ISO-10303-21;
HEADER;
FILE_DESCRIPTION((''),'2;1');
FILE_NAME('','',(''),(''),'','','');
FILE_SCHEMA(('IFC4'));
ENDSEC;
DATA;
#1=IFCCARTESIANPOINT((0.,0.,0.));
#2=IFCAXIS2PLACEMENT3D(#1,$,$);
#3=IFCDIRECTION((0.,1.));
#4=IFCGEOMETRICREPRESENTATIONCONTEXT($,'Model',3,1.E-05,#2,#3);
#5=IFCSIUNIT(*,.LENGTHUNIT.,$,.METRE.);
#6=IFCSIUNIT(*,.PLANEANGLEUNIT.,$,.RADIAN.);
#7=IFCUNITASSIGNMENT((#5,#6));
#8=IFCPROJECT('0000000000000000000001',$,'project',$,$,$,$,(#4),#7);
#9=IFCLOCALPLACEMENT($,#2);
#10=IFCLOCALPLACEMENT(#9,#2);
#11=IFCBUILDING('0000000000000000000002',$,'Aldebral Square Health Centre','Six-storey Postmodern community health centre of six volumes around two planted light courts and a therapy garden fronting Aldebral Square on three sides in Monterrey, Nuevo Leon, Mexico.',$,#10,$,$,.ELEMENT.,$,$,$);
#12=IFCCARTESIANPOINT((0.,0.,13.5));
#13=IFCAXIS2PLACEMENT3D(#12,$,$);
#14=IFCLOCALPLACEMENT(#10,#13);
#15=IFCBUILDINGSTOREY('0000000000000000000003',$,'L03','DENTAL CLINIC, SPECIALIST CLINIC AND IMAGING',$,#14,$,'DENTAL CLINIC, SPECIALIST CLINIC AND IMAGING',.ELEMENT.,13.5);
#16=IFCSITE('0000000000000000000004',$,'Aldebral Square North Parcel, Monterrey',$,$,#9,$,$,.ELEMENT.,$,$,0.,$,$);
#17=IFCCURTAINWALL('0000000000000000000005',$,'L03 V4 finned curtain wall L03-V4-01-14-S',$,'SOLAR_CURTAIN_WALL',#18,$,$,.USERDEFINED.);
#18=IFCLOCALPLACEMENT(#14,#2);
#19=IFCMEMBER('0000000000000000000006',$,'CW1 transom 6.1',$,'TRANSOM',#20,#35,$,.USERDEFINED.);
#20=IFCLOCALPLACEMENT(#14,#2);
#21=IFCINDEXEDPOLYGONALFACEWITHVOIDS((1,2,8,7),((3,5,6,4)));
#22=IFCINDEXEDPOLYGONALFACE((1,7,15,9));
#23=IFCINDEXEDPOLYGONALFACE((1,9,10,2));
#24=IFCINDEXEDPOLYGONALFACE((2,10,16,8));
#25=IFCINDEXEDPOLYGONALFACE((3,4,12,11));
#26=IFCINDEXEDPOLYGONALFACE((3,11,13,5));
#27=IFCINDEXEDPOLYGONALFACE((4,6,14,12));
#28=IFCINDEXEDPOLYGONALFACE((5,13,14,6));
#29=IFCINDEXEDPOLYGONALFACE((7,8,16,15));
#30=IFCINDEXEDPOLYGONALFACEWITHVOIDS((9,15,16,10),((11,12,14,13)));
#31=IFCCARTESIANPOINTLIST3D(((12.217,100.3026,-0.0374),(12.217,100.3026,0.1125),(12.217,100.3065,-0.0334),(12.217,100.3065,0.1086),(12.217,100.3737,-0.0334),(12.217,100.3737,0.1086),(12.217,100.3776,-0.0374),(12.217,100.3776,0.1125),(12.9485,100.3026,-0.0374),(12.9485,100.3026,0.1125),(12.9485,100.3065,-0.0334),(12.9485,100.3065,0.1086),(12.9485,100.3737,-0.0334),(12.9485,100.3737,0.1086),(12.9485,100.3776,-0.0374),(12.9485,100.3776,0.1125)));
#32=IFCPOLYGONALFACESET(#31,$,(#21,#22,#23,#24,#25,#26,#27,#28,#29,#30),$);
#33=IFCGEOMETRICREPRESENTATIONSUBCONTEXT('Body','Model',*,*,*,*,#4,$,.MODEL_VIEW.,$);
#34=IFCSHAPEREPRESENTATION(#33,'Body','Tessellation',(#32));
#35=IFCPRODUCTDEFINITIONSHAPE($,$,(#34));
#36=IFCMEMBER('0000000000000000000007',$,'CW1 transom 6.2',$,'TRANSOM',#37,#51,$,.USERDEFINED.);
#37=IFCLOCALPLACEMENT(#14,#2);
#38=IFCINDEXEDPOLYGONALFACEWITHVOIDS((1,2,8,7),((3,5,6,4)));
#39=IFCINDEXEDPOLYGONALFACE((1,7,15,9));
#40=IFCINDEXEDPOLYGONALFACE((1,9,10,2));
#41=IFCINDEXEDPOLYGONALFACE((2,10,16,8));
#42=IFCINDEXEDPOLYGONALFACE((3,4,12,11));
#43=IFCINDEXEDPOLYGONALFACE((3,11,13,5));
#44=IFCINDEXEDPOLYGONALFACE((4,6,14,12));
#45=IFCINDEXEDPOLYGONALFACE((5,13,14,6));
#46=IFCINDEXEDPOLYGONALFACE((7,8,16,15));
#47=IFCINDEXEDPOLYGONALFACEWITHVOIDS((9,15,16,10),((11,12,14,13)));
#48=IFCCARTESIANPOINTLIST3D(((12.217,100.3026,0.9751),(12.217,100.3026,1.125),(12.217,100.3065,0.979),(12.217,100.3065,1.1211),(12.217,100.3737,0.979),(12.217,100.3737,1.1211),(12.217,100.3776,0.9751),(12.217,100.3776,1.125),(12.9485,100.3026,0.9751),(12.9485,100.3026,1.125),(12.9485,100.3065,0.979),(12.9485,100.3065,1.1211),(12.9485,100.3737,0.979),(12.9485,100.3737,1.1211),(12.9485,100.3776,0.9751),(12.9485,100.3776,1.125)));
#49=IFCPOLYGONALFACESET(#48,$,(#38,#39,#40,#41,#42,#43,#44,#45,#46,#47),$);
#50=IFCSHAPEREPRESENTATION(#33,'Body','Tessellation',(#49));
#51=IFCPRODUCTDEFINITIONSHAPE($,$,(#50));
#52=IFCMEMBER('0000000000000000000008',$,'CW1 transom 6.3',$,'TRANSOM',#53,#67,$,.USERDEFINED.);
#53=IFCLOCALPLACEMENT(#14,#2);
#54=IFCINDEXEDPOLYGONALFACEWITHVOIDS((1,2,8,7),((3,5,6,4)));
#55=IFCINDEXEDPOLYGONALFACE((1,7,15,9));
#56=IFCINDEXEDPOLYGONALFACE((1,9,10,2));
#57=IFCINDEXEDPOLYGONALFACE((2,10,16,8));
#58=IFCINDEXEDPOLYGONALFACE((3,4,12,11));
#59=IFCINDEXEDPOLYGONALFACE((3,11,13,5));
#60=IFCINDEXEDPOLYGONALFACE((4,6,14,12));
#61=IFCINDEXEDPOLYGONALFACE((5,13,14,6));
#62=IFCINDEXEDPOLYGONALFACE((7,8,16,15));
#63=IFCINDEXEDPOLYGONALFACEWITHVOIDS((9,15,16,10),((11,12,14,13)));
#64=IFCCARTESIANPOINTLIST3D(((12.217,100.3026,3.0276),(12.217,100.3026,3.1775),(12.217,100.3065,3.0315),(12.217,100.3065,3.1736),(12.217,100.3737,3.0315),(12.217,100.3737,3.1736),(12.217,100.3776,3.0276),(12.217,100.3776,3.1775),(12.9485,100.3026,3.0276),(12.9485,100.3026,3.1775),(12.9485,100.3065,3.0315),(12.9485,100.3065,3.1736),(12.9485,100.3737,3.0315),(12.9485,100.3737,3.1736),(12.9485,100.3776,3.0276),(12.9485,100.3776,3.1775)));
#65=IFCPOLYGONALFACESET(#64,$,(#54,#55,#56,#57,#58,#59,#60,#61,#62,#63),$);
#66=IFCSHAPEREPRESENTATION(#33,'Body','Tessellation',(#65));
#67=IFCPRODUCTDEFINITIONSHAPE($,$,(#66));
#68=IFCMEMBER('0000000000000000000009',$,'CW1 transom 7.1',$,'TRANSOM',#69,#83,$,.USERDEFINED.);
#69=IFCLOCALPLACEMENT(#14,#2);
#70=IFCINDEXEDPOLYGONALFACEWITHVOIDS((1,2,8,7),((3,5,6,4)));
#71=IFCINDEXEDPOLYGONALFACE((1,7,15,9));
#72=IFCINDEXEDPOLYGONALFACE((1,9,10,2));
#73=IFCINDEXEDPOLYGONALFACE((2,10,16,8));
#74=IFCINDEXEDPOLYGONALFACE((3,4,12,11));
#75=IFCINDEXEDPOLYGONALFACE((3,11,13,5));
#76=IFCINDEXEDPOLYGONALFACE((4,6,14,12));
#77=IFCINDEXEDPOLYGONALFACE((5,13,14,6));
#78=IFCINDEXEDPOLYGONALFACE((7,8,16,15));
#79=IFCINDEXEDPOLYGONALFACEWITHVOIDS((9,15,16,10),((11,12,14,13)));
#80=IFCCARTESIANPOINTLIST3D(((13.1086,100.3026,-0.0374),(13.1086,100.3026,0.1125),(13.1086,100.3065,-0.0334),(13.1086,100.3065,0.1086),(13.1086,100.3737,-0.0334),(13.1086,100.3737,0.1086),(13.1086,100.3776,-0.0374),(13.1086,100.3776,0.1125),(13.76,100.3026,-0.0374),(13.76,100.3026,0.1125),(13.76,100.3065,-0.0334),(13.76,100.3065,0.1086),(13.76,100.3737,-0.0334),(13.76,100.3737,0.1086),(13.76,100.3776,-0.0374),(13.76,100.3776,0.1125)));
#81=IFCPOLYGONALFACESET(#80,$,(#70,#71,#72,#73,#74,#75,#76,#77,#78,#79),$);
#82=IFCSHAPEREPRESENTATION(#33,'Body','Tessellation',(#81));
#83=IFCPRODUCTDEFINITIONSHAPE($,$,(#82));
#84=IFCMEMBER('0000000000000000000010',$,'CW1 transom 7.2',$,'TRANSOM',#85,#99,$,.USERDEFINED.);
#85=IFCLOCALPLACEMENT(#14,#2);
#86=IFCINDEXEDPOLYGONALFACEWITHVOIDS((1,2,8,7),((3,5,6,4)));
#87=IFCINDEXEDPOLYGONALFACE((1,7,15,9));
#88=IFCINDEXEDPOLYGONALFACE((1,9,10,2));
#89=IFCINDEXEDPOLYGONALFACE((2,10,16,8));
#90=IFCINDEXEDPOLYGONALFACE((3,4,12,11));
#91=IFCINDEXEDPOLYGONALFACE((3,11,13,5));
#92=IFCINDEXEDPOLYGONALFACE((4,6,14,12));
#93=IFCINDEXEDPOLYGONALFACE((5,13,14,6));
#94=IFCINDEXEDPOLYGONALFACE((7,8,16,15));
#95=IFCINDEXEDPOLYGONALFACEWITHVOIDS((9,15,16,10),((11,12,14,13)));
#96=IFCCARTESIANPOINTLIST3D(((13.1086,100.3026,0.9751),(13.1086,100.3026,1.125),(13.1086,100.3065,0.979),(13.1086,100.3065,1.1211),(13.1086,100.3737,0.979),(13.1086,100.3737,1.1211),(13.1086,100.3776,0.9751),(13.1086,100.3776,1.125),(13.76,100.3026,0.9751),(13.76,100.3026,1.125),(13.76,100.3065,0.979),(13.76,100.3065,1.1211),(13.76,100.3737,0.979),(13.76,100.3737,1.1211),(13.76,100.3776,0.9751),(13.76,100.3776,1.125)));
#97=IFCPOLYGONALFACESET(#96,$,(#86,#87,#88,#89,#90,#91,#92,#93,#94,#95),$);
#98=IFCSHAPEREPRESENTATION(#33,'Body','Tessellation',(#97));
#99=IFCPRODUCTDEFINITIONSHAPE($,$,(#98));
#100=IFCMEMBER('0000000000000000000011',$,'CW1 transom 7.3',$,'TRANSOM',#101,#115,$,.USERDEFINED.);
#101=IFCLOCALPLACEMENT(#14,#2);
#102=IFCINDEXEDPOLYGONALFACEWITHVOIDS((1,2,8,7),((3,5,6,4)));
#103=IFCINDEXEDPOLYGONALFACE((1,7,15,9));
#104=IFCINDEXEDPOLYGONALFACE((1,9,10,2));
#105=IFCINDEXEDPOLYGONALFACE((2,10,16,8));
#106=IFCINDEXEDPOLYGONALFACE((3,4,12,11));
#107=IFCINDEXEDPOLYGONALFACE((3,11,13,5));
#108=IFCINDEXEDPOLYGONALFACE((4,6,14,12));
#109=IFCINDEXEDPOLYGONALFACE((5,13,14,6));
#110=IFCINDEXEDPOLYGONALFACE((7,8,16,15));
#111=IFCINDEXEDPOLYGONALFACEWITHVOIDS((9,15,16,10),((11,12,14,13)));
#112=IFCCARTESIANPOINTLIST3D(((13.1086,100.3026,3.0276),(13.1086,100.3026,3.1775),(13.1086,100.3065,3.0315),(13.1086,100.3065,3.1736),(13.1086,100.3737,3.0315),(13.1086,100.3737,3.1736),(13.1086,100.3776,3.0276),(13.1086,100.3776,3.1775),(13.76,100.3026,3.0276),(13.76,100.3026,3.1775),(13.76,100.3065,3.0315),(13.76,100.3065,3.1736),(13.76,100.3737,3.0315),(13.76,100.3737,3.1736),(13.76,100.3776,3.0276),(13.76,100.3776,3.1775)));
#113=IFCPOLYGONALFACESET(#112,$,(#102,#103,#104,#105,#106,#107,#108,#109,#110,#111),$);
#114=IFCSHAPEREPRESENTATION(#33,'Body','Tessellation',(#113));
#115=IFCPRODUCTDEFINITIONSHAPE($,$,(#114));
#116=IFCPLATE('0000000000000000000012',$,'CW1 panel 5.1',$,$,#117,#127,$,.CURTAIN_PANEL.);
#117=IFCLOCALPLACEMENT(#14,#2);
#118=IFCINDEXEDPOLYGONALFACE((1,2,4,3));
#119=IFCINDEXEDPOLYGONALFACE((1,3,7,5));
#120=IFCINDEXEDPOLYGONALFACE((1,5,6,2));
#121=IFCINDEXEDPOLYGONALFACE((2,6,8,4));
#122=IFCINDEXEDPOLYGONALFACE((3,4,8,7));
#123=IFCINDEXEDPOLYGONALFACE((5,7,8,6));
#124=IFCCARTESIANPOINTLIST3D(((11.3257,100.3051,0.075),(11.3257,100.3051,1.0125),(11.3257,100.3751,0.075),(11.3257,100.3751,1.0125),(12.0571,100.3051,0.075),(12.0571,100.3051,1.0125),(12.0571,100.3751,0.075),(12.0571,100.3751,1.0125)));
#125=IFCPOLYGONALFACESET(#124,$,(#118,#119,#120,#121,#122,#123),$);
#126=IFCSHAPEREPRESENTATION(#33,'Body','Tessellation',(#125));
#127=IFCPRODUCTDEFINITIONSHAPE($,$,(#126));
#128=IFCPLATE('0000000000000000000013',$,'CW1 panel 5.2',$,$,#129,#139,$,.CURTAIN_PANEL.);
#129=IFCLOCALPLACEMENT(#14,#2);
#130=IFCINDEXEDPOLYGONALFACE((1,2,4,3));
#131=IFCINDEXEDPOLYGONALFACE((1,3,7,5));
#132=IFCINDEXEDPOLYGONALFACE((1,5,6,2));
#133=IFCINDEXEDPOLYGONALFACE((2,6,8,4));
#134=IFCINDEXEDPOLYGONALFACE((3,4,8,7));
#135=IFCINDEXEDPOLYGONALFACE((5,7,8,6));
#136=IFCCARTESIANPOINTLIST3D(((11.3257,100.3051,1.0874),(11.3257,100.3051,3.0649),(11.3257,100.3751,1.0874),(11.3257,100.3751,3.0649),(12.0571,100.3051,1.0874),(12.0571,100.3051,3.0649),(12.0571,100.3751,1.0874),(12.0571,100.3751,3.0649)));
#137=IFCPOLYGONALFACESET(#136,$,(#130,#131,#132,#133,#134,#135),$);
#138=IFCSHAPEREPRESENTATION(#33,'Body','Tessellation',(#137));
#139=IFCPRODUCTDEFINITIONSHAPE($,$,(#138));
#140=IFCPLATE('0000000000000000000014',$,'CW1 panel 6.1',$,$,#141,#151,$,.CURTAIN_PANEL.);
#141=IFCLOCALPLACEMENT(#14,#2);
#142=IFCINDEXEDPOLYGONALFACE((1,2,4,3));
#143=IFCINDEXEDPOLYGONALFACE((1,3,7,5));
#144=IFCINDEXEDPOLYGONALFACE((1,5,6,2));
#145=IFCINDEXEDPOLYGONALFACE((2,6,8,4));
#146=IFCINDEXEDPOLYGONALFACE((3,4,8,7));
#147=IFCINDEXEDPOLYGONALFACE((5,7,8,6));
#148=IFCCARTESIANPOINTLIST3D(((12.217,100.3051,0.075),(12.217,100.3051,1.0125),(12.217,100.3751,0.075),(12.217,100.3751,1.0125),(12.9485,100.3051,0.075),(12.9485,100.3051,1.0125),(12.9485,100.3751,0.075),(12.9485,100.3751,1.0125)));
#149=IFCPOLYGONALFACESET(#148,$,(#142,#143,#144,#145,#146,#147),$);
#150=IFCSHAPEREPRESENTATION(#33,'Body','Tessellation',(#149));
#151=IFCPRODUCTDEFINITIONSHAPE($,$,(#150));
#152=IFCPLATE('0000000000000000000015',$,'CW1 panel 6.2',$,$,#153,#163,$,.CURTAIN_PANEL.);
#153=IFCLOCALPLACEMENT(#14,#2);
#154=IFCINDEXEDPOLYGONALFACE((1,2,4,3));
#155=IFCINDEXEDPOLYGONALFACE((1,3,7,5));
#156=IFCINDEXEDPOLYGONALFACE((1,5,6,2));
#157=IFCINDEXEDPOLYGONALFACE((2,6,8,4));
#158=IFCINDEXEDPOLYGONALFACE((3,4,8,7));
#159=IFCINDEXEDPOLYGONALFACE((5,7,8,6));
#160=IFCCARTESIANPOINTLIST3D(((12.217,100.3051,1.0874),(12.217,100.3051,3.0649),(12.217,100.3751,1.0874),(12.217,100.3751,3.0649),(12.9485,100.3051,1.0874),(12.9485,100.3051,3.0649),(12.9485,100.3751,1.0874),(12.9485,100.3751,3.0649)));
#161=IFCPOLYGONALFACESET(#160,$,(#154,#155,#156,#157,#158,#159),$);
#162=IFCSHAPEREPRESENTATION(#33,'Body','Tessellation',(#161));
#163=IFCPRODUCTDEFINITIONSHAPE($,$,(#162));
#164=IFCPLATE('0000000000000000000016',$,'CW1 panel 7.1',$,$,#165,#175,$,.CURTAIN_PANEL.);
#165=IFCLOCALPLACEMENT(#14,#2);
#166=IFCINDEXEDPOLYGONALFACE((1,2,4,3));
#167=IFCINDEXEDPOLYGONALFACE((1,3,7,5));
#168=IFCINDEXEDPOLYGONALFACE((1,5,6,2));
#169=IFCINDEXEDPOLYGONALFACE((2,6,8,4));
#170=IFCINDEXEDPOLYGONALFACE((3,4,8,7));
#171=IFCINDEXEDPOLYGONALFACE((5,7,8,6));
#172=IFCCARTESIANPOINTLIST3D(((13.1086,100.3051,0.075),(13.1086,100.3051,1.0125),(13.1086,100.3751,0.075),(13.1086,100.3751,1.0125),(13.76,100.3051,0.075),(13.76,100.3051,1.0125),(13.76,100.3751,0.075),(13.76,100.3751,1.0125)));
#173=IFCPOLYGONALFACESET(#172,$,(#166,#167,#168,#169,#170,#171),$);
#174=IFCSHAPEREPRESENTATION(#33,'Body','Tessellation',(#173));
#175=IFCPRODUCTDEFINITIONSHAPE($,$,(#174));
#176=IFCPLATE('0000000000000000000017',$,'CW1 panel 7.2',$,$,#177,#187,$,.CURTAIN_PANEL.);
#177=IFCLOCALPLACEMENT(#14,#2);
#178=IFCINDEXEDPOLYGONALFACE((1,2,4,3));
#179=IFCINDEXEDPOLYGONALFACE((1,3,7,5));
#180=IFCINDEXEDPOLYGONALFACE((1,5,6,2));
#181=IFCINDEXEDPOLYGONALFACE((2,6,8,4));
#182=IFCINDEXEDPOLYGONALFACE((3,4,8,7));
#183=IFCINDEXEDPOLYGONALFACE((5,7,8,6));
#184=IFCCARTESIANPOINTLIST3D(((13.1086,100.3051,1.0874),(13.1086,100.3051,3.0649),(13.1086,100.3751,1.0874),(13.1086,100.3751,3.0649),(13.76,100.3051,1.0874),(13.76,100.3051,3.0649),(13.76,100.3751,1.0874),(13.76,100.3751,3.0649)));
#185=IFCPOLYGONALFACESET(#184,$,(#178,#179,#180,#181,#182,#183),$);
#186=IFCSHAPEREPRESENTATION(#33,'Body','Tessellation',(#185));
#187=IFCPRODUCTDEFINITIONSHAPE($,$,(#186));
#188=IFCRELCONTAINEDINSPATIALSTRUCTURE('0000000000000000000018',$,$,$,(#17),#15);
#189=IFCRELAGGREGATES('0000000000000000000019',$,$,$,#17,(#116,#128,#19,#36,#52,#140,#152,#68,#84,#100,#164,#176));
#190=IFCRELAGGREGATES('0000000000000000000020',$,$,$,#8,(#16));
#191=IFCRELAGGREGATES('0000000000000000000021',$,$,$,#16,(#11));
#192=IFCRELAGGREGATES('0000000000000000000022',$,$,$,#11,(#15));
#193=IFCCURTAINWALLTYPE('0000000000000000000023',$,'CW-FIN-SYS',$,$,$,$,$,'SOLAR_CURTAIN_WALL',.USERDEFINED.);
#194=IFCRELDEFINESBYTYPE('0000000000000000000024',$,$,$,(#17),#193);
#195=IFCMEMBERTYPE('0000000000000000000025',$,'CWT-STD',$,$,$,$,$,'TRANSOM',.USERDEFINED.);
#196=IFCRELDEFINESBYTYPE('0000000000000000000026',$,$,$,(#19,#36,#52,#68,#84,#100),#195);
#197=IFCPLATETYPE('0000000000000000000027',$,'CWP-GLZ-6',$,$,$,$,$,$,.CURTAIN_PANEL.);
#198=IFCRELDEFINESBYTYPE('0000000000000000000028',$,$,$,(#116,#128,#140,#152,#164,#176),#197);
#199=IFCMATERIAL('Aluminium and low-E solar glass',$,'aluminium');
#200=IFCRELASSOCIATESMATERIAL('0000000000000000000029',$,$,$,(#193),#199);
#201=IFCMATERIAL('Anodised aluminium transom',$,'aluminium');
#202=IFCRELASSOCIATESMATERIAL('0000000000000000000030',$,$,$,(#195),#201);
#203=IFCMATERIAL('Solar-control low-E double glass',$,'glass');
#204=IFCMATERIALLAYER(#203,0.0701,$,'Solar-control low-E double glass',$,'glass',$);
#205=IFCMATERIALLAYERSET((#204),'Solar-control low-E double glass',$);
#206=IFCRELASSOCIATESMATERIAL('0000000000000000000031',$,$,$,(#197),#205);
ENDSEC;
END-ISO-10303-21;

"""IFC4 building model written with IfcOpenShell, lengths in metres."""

from ifc_helpers import new_model, si_unit, direction, frame, origin, origin_2d, place, context, subcontext, project, spatial, rectangle, hollow_rectangle, extrude, material, layer, layer_set, material_profile, profile_set, type_object, element, aggregate, save


model = new_model("IFC4")

# Units and contexts
model_context = context("Model", 3, precision=1e-05, world=origin(), true_north=direction((0.0, 1.0)))
body_context = subcontext(model_context, "Body", "Model", "MODEL_VIEW")
ifc_project = project(units=[si_unit("LENGTHUNIT", "METRE"), si_unit("PLANEANGLEUNIT", "RADIAN")], contexts=[model_context])

# Site, building, storey
site_placement = place(None, origin())
site = spatial("IfcSite", under=ifc_project, at=site_placement, Name="Aldebral Square North Parcel, Monterrey", CompositionType="ELEMENT", RefElevation=0.0)
building_placement = place(site_placement, origin())
building = spatial("IfcBuilding", under=site, at=building_placement, Name="Aldebral Square Health Centre", Description="Six-storey Postmodern community health centre of six volumes around two planted light courts and a therapy garden fronting Aldebral Square on three sides in Monterrey, Nuevo Leon, Mexico.", CompositionType="ELEMENT")
storey_placement = place(building_placement, frame((0.0, 0.0, 13.5)))
storey = spatial("IfcBuildingStorey", under=building, at=storey_placement, Name="L03", Description="DENTAL CLINIC, SPECIALIST CLINIC AND IMAGING", LongName="DENTAL CLINIC, SPECIALIST CLINIC AND IMAGING", CompositionType="ELEMENT", Elevation=13.5)

# Curtain wall, members, plates
ifc_material_1 = material(Name="Aluminium and low-E solar glass", Category="aluminium")
curtain_wall_type = type_object("IfcCurtainWallType", Name="CW-FIN-SYS", ElementType="SOLAR_CURTAIN_WALL", PredefinedType="USERDEFINED", material=ifc_material_1)
curtain_wall_placement = place(storey_placement, origin())
curtain_wall = element("IfcCurtainWall", 1, at=curtain_wall_placement, inside=storey, type_object=curtain_wall_type, Name="L03 V4 finned curtain wall L03-V4-01-14-S", ObjectType="SOLAR_CURTAIN_WALL", PredefinedType="USERDEFINED")
ifc_material_2 = material(Name="Anodised aluminium transom", Category="aluminium")
ifc_material_profile_1 = material_profile(ifc_material_2, hollow_rectangle(XDim=0.075, YDim=0.1499, WallThickness=0.0039, at=origin_2d()), Name="CWT 75x150x4")
ifc_profile_set_1 = profile_set([ifc_material_profile_1], Name="Anodised aluminium transom")
member_type_1 = type_object("IfcMemberType", Name="CWT-STD", ElementType="TRANSOM", PredefinedType="USERDEFINED", material=ifc_profile_set_1)
member_1_placement = place(storey_placement, frame((12.217, 100.3401, 0.0376), z_axis=(1.0, 0.0, 0.0), x_axis=(0.0, 1.0, 0.0)))
member_1 = element("IfcMember", 2, at=member_1_placement, type_object=member_type_1, Name="CW1 transom 6.1", ObjectType="TRANSOM", PredefinedType="USERDEFINED", context=body_context, shape_type="SweptSolid", body=[
    extrude(hollow_rectangle(XDim=0.075, YDim=0.1499, WallThickness=0.0039, at=origin_2d()), origin(), (0.0, 0.0, 1.0), 0.7314),
])
member_2_placement = place(storey_placement, frame((12.217, 100.3401, 1.05), z_axis=(1.0, 0.0, 0.0), x_axis=(0.0, 1.0, 0.0)))
member_2 = element("IfcMember", 3, at=member_2_placement, type_object=member_type_1, Name="CW1 transom 6.2", ObjectType="TRANSOM", PredefinedType="USERDEFINED", context=body_context, shape_type="SweptSolid", body=[
    extrude(hollow_rectangle(XDim=0.075, YDim=0.1499, WallThickness=0.0039, at=origin_2d()), origin(), (0.0, 0.0, 1.0), 0.7314),
])
member_3_placement = place(storey_placement, frame((12.217, 100.3401, 3.1025), z_axis=(1.0, 0.0, 0.0), x_axis=(0.0, 1.0, 0.0)))
member_3 = element("IfcMember", 4, at=member_3_placement, type_object=member_type_1, Name="CW1 transom 6.3", ObjectType="TRANSOM", PredefinedType="USERDEFINED", context=body_context, shape_type="SweptSolid", body=[
    extrude(hollow_rectangle(XDim=0.075, YDim=0.1499, WallThickness=0.0039, at=origin_2d()), origin(), (0.0, 0.0, 1.0), 0.7314),
])
member_4_placement = place(storey_placement, frame((13.1086, 100.3401, 0.0376), z_axis=(1.0, 0.0, 0.0), x_axis=(0.0, 1.0, 0.0)))
member_4 = element("IfcMember", 5, at=member_4_placement, type_object=member_type_1, Name="CW1 transom 7.1", ObjectType="TRANSOM", PredefinedType="USERDEFINED", context=body_context, shape_type="SweptSolid", body=[
    extrude(hollow_rectangle(XDim=0.075, YDim=0.1499, WallThickness=0.0039, at=origin_2d()), origin(), (0.0, 0.0, 1.0), 0.6514),
])
member_5_placement = place(storey_placement, frame((13.1086, 100.3401, 1.05), z_axis=(1.0, 0.0, 0.0), x_axis=(0.0, 1.0, 0.0)))
member_5 = element("IfcMember", 6, at=member_5_placement, type_object=member_type_1, Name="CW1 transom 7.2", ObjectType="TRANSOM", PredefinedType="USERDEFINED", context=body_context, shape_type="SweptSolid", body=[
    extrude(hollow_rectangle(XDim=0.075, YDim=0.1499, WallThickness=0.0039, at=origin_2d()), origin(), (0.0, 0.0, 1.0), 0.6514),
])
member_6_placement = place(storey_placement, frame((13.1086, 100.3401, 3.1025), z_axis=(1.0, 0.0, 0.0), x_axis=(0.0, 1.0, 0.0)))
member_6 = element("IfcMember", 7, at=member_6_placement, type_object=member_type_1, Name="CW1 transom 7.3", ObjectType="TRANSOM", PredefinedType="USERDEFINED", context=body_context, shape_type="SweptSolid", body=[
    extrude(hollow_rectangle(XDim=0.075, YDim=0.1499, WallThickness=0.0039, at=origin_2d()), origin(), (0.0, 0.0, 1.0), 0.6514),
])
ifc_material_3 = material(Name="Solar-control low-E double glass", Category="glass")
ifc_layer_1 = layer(ifc_material_3, 0.0701, Name="Solar-control low-E double glass", Category="glass")
ifc_layer_set_1 = layer_set([ifc_layer_1], Name="Solar-control low-E double glass")
plate_type = type_object("IfcPlateType", Name="CWP-GLZ-6", PredefinedType="CURTAIN_PANEL", material=ifc_layer_set_1)
plate_1_placement = place(storey_placement, frame((11.6914, 100.3401, 0.075), z_axis=(0.0, 0.0, 1.0), x_axis=(1.0, 0.0, 0.0)))
plate_1 = element("IfcPlate", 8, at=plate_1_placement, type_object=plate_type, Name="CW1 panel 5.1", PredefinedType="CURTAIN_PANEL", context=body_context, shape_type="SweptSolid", body=[
    extrude(rectangle(XDim=0.7314, YDim=0.0701, at=origin_2d()), origin(), (0.0, 0.0, 1.0), 0.9375),
])
plate_2_placement = place(storey_placement, frame((11.6914, 100.3401, 1.0874), z_axis=(0.0, 0.0, 1.0), x_axis=(1.0, 0.0, 0.0)))
plate_2 = element("IfcPlate", 9, at=plate_2_placement, type_object=plate_type, Name="CW1 panel 5.2", PredefinedType="CURTAIN_PANEL", context=body_context, shape_type="SweptSolid", body=[
    extrude(rectangle(XDim=0.7314, YDim=0.0701, at=origin_2d()), origin(), (0.0, 0.0, 1.0), 1.9775),
])
plate_3_placement = place(storey_placement, frame((12.5828, 100.3401, 0.075), z_axis=(0.0, 0.0, 1.0), x_axis=(1.0, 0.0, 0.0)))
plate_3 = element("IfcPlate", 10, at=plate_3_placement, type_object=plate_type, Name="CW1 panel 6.1", PredefinedType="CURTAIN_PANEL", context=body_context, shape_type="SweptSolid", body=[
    extrude(rectangle(XDim=0.7314, YDim=0.0701, at=origin_2d()), origin(), (0.0, 0.0, 1.0), 0.9375),
])
plate_4_placement = place(storey_placement, frame((12.5828, 100.3401, 1.0874), z_axis=(0.0, 0.0, 1.0), x_axis=(1.0, 0.0, 0.0)))
plate_4 = element("IfcPlate", 11, at=plate_4_placement, type_object=plate_type, Name="CW1 panel 6.2", PredefinedType="CURTAIN_PANEL", context=body_context, shape_type="SweptSolid", body=[
    extrude(rectangle(XDim=0.7314, YDim=0.0701, at=origin_2d()), origin(), (0.0, 0.0, 1.0), 1.9775),
])
plate_5_placement = place(storey_placement, frame((13.4343, 100.3401, 0.075), z_axis=(0.0, 0.0, 1.0), x_axis=(1.0, 0.0, 0.0)))
plate_5 = element("IfcPlate", 12, at=plate_5_placement, type_object=plate_type, Name="CW1 panel 7.1", PredefinedType="CURTAIN_PANEL", context=body_context, shape_type="SweptSolid", body=[
    extrude(rectangle(XDim=0.6514, YDim=0.0701, at=origin_2d()), origin(), (0.0, 0.0, 1.0), 0.9375),
])
plate_6_placement = place(storey_placement, frame((13.4343, 100.3401, 1.0874), z_axis=(0.0, 0.0, 1.0), x_axis=(1.0, 0.0, 0.0)))
plate_6 = element("IfcPlate", 13, at=plate_6_placement, type_object=plate_type, Name="CW1 panel 7.2", PredefinedType="CURTAIN_PANEL", context=body_context, shape_type="SweptSolid", body=[
    extrude(rectangle(XDim=0.6514, YDim=0.0701, at=origin_2d()), origin(), (0.0, 0.0, 1.0), 1.9775),
])
aggregate(curtain_wall, [plate_1, plate_2, member_1, member_2, member_3, plate_3, plate_4, member_4, member_5, member_6, plate_5, plate_6])

save(model, "model.ifc")
